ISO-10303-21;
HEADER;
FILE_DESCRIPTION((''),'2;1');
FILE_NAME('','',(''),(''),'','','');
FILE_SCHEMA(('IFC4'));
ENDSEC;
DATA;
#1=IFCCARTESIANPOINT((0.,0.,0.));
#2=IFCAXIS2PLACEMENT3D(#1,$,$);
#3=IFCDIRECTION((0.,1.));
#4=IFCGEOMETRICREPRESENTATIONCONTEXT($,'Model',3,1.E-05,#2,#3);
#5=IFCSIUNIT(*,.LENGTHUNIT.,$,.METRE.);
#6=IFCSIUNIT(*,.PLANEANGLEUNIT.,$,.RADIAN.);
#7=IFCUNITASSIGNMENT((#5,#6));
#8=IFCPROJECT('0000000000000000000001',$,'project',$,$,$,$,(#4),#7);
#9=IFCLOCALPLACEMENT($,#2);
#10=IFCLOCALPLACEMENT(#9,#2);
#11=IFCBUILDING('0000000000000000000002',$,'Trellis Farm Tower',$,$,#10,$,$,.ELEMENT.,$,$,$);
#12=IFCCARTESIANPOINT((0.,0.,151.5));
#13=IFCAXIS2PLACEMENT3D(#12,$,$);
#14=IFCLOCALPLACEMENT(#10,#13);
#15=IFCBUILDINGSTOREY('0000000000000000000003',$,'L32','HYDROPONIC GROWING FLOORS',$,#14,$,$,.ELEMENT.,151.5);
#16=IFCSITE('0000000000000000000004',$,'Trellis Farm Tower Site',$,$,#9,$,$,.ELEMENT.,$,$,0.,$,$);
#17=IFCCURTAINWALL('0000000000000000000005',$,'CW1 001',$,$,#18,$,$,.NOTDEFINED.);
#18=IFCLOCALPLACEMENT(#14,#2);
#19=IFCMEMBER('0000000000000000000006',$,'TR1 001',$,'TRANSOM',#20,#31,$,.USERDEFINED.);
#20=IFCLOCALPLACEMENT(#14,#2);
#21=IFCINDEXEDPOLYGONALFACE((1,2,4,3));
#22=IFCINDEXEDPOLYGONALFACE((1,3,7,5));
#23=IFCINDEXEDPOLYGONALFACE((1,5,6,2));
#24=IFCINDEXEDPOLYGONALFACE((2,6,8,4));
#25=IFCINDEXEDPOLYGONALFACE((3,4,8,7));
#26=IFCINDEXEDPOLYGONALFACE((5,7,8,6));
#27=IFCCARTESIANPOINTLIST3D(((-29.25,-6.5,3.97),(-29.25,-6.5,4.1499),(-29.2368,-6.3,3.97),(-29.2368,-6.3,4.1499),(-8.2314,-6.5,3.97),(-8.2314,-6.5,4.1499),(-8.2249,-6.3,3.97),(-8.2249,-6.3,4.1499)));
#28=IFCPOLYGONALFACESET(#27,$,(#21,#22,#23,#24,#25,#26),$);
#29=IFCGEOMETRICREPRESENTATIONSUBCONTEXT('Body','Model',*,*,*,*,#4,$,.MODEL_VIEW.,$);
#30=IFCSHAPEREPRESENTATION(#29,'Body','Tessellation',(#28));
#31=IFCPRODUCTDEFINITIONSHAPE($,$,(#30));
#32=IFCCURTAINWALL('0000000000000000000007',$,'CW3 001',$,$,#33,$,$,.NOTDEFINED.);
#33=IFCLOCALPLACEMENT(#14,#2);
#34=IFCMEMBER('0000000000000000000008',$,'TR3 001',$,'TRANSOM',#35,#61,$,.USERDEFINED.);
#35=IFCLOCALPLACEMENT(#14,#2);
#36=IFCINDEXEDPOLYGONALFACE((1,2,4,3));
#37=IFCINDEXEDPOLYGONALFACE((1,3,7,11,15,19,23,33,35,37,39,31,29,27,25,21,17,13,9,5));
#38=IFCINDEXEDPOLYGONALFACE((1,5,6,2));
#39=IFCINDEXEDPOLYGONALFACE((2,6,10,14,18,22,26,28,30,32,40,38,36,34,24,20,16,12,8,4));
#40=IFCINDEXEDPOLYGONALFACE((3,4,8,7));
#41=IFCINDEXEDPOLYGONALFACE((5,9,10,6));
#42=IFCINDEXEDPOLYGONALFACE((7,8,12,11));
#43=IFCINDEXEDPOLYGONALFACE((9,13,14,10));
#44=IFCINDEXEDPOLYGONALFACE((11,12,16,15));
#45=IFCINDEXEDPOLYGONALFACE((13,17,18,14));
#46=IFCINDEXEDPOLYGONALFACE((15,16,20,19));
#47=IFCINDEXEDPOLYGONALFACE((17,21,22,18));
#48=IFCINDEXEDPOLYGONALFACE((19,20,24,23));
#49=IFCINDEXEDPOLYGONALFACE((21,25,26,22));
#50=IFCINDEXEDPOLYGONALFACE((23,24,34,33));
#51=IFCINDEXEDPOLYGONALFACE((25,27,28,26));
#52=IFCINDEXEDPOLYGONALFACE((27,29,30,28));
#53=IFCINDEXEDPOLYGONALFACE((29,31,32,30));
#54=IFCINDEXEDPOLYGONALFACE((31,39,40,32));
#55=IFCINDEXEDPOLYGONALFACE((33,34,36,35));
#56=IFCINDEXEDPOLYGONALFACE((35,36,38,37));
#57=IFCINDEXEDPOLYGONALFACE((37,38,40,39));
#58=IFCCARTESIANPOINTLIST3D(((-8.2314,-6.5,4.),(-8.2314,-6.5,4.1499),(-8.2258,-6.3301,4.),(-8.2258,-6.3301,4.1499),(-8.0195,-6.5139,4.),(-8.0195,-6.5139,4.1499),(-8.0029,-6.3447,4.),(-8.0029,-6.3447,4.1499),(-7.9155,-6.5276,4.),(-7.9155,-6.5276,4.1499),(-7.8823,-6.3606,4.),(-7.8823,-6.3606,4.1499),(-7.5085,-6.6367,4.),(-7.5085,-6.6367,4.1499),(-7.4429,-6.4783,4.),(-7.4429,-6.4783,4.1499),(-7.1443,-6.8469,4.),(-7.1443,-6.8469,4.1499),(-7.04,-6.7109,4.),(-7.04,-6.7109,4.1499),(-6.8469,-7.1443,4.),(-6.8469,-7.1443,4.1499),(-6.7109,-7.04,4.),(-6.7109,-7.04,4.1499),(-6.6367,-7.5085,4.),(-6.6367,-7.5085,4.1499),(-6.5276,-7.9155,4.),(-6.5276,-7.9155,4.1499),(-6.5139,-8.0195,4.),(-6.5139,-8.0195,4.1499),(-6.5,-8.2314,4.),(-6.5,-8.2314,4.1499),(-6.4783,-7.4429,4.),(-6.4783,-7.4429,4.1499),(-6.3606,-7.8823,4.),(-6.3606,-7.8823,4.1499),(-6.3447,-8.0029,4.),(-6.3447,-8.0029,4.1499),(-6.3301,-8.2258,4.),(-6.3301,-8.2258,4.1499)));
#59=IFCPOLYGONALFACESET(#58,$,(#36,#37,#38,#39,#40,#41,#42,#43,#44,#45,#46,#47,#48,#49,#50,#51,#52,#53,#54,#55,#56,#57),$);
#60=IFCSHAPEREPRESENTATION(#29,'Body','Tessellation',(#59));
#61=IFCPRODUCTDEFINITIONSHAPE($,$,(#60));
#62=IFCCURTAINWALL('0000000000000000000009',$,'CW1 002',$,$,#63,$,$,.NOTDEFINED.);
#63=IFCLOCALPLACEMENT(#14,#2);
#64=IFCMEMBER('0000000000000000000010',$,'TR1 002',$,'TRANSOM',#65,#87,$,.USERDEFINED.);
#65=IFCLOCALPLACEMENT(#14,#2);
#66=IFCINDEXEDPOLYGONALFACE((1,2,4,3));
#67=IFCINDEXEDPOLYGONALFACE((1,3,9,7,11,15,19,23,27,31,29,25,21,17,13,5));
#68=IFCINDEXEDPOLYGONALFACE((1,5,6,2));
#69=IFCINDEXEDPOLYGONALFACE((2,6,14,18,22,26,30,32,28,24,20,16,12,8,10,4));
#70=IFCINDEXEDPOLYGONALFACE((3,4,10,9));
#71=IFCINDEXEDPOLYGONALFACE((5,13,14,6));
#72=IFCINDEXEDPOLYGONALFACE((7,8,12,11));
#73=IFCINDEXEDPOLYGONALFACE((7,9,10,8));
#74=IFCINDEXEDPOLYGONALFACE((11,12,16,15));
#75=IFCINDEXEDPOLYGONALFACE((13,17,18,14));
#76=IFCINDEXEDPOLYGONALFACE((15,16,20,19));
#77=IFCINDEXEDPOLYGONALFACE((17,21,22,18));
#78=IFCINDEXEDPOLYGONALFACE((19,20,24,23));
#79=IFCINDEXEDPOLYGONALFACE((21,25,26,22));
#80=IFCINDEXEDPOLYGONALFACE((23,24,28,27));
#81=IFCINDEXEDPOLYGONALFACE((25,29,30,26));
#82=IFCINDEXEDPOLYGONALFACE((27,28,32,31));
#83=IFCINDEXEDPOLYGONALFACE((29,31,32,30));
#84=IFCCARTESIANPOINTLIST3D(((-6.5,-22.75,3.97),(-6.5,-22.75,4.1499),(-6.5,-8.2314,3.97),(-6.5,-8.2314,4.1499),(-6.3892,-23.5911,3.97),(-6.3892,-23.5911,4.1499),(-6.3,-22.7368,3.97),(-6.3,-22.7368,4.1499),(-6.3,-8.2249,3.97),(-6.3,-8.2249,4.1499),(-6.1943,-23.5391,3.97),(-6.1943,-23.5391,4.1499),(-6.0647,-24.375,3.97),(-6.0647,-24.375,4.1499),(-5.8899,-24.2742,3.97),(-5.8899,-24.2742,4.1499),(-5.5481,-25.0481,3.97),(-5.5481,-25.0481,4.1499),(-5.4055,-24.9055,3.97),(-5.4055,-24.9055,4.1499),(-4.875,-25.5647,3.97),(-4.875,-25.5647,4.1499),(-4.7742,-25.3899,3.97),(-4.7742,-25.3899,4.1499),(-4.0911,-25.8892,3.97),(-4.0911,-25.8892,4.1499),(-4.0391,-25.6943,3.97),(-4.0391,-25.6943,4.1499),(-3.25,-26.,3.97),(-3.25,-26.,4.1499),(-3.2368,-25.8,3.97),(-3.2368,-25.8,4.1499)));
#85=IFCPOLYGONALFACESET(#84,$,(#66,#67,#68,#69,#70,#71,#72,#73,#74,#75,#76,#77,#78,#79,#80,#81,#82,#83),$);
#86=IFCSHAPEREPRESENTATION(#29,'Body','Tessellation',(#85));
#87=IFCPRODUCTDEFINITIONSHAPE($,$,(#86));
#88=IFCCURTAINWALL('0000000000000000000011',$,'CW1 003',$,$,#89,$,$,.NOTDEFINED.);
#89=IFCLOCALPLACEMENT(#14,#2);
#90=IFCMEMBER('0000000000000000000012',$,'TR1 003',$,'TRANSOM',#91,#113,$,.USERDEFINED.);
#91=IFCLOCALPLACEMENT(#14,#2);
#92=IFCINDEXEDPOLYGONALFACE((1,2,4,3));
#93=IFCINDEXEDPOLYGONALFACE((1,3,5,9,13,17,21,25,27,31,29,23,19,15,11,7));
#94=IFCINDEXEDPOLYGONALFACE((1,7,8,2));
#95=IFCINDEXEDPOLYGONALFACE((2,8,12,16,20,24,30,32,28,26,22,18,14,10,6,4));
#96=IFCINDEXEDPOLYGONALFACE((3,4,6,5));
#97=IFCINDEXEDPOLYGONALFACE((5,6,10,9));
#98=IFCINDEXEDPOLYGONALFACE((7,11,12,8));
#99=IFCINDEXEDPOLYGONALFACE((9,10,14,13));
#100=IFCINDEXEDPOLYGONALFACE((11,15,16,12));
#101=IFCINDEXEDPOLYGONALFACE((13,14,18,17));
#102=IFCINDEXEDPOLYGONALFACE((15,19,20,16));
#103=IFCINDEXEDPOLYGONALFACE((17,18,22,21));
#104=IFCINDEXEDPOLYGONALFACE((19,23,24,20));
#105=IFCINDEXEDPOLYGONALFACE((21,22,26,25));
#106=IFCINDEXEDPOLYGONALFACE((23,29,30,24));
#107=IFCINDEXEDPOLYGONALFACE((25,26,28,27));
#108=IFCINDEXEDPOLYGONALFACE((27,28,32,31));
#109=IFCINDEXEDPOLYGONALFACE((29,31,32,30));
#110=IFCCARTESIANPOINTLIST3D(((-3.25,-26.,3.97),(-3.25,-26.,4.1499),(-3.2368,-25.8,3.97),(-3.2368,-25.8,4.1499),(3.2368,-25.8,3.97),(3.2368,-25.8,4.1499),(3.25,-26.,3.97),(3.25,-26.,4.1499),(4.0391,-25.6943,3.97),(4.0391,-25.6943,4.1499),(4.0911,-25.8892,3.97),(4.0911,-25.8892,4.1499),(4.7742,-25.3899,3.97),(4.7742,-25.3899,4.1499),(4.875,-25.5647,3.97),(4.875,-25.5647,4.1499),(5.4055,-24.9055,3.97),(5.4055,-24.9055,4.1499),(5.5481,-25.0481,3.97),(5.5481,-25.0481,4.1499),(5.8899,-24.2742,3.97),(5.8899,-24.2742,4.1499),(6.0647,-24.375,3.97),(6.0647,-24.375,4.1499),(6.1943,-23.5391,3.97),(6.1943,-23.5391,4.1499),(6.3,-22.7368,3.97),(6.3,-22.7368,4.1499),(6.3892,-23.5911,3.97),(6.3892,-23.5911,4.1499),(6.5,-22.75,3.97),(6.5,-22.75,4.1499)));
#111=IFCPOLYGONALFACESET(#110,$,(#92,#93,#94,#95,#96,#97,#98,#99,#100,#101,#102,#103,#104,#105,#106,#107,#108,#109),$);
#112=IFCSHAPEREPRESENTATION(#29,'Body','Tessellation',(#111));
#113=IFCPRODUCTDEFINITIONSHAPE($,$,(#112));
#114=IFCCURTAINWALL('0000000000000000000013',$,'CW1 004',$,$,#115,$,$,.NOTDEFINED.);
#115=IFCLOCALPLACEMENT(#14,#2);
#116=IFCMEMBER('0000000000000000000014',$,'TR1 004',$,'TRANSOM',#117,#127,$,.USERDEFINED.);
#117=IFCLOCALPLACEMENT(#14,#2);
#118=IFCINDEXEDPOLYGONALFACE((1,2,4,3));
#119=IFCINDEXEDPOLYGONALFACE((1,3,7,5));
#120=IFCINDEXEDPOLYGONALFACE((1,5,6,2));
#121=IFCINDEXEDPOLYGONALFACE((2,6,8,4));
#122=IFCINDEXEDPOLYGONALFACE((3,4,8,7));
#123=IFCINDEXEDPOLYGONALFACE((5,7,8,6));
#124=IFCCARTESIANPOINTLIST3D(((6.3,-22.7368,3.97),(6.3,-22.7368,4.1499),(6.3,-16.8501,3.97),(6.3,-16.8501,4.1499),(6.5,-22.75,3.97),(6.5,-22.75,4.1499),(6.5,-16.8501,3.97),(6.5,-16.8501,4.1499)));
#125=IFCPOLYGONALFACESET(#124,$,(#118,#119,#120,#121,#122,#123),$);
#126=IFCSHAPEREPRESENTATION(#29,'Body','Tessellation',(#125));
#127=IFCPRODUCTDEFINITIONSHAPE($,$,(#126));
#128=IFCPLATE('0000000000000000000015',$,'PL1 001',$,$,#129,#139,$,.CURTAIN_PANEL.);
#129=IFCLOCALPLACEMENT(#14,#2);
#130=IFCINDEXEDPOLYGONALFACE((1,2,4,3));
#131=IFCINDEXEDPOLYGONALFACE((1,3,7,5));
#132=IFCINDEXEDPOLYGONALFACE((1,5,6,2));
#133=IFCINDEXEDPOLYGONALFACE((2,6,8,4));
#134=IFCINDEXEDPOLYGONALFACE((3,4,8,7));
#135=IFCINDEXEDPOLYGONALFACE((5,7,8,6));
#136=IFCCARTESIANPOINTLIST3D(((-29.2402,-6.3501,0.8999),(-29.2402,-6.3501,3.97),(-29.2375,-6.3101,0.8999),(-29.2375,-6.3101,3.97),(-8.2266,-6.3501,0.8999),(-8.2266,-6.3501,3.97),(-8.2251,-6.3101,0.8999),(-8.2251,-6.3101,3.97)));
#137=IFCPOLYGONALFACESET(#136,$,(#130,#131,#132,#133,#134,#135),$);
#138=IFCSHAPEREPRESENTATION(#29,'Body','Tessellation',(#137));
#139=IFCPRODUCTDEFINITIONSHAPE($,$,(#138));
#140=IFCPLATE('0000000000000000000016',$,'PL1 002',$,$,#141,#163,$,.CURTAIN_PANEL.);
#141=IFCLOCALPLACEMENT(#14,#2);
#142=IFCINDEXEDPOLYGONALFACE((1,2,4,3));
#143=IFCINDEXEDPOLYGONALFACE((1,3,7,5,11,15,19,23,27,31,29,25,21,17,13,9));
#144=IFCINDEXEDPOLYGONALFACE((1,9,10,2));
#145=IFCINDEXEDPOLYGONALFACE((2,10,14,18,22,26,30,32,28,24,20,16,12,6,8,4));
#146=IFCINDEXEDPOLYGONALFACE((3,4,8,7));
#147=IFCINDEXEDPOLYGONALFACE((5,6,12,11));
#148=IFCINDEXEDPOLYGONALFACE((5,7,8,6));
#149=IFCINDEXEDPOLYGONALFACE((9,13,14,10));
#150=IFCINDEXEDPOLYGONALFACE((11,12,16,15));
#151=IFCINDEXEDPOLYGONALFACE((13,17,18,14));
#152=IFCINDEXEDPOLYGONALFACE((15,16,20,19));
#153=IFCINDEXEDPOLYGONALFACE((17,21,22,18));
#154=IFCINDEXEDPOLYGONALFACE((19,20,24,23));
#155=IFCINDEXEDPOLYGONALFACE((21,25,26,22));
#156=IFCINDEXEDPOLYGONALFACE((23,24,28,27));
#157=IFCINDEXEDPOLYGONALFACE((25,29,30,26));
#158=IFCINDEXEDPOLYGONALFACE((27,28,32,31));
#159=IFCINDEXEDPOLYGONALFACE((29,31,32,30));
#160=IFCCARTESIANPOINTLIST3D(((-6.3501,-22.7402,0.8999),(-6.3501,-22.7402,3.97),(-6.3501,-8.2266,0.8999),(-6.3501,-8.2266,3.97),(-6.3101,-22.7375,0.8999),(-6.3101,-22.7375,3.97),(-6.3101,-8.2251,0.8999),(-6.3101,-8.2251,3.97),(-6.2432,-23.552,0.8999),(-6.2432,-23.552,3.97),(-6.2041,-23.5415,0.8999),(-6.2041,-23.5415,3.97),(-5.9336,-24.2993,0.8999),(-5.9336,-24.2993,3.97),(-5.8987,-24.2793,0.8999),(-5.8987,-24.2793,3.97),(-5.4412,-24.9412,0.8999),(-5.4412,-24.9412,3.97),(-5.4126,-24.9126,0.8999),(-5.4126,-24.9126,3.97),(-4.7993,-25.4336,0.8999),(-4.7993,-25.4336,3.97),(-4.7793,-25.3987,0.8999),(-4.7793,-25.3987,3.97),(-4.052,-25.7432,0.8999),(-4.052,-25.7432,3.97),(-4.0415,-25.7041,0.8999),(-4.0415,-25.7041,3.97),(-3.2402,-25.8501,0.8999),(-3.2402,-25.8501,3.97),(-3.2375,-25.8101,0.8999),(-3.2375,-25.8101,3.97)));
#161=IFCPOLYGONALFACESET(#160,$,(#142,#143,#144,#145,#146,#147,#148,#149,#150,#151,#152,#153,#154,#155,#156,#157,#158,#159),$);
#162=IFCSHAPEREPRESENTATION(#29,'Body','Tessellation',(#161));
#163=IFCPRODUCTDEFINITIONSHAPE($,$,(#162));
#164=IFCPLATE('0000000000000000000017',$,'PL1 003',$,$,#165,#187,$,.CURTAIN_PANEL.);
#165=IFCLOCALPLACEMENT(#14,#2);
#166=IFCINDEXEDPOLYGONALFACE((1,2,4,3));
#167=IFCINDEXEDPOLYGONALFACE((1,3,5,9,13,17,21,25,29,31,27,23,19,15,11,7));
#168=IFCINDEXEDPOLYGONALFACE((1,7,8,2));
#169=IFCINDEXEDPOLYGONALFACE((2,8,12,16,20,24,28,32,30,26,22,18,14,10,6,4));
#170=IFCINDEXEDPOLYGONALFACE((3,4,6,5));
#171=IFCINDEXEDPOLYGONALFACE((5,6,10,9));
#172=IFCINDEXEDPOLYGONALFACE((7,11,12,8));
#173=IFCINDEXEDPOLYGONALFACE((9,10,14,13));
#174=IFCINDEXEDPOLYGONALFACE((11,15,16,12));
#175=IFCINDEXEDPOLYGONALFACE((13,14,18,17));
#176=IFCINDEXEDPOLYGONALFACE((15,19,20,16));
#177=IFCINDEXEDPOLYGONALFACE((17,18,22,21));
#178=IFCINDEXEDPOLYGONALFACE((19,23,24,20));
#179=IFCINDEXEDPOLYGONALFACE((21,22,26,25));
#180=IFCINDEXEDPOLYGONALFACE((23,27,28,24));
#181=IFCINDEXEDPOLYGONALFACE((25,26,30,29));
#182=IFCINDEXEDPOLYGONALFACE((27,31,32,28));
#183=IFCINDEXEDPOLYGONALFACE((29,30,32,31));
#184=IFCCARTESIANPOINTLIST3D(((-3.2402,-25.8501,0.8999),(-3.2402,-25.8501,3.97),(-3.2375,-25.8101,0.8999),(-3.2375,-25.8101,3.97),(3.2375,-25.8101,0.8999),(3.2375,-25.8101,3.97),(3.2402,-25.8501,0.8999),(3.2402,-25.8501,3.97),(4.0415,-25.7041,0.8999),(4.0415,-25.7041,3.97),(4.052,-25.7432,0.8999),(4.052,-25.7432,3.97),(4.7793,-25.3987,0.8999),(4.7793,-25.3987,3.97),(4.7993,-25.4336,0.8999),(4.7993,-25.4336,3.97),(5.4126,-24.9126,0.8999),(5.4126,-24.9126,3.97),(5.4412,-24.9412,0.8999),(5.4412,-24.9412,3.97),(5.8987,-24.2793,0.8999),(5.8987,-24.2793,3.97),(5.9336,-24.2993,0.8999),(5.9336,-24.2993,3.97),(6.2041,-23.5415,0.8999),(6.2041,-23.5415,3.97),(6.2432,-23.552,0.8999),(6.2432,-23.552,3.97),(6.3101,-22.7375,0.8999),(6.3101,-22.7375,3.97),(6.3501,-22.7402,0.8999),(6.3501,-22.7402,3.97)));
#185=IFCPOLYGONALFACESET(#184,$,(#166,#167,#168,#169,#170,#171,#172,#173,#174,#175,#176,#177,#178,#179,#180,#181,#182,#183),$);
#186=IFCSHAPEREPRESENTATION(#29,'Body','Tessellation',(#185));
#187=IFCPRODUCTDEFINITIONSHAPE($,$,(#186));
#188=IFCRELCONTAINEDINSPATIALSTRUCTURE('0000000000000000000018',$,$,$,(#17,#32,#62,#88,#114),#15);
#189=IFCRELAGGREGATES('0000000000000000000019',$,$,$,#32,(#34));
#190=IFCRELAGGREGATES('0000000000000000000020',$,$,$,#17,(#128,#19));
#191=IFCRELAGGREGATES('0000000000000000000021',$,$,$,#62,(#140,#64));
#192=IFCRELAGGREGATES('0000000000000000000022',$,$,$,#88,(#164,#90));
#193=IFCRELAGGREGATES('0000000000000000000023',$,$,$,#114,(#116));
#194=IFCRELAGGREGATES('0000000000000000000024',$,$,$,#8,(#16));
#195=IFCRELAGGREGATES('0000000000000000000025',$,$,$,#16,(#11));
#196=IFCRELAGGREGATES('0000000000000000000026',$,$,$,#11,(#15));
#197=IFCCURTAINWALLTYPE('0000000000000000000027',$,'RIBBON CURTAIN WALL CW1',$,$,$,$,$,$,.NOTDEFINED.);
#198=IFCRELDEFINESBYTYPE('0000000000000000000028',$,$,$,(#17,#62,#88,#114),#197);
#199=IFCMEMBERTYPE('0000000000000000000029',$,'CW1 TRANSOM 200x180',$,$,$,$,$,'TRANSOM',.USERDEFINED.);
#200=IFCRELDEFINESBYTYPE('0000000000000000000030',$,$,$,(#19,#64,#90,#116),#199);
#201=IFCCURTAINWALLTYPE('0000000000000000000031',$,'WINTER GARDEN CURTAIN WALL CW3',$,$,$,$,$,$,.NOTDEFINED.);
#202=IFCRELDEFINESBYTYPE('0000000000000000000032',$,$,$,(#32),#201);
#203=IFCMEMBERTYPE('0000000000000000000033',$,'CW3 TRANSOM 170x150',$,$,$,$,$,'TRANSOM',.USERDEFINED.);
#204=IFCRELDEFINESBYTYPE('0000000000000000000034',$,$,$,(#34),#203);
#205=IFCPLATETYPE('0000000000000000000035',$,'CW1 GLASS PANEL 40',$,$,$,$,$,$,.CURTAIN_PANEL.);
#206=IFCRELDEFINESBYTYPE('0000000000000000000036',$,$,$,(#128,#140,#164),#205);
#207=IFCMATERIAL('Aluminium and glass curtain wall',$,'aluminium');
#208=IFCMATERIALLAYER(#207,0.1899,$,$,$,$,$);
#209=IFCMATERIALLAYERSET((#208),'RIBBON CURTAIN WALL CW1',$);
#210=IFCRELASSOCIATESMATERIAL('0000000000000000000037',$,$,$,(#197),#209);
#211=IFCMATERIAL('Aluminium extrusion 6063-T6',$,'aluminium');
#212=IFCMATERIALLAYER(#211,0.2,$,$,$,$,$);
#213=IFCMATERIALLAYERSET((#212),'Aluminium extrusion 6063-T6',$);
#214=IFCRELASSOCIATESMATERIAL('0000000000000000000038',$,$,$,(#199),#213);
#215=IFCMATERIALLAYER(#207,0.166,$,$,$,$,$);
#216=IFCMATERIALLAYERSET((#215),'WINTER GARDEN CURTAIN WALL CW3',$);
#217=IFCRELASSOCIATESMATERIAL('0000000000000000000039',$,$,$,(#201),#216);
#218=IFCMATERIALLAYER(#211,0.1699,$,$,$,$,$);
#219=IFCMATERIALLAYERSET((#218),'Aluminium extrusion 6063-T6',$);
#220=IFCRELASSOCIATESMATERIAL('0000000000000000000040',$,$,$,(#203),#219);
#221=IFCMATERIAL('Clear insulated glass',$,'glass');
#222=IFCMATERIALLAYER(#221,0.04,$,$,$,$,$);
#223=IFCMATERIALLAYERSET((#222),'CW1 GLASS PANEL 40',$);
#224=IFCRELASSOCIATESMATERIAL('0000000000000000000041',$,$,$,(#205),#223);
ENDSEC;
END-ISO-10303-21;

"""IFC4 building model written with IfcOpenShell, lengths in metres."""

from ifc_helpers import new_model, si_unit, direction, frame, origin, place, context, subcontext, project, spatial, polyline, outline, extrude, source, transform, mapped, material, layer, layer_set, type_object, element, aggregate, save


model = new_model("IFC4")

# Units and contexts
model_context = context("Model", 3, precision=1e-05, world=origin(), true_north=direction((0.0, 1.0)))
body_context = subcontext(model_context, "Body", "Model", "MODEL_VIEW")
ifc_project = project(units=[si_unit("LENGTHUNIT", "METRE"), si_unit("PLANEANGLEUNIT", "RADIAN")], contexts=[model_context])

# Site, building, storey
site_placement = place(None, origin())
site = spatial("IfcSite", under=ifc_project, at=site_placement, Name="Trellis Farm Tower Site", CompositionType="ELEMENT", RefElevation=0.0)
building_placement = place(site_placement, origin())
building = spatial("IfcBuilding", under=site, at=building_placement, Name="Trellis Farm Tower", CompositionType="ELEMENT")
storey_placement = place(building_placement, frame((0.0, 0.0, 151.5)))
storey = spatial("IfcBuildingStorey", under=building, at=storey_placement, Name="L32", Description="HYDROPONIC GROWING FLOORS", CompositionType="ELEMENT", Elevation=151.5)

# Curtain walls, members
ifc_material_1 = material(Name="Aluminium and glass curtain wall", Category="aluminium")
ifc_layer_1 = layer(ifc_material_1, 0.1899)
ifc_layer_set_1 = layer_set([ifc_layer_1], Name="RIBBON CURTAIN WALL CW1")
curtain_wall_type_1 = type_object("IfcCurtainWallType", Name="RIBBON CURTAIN WALL CW1", PredefinedType="NOTDEFINED", material=ifc_layer_set_1)
placement_1 = place(storey_placement, origin())
curtain_wall_1 = element("IfcCurtainWall", 1, at=placement_1, inside=storey, type_object=curtain_wall_type_1, Name="CW1 001", PredefinedType="NOTDEFINED")
ifc_material_2 = material(Name="Aluminium extrusion 6063-T6", Category="aluminium")
ifc_layer_2 = layer(ifc_material_2, 0.2)
ifc_layer_set_2 = layer_set([ifc_layer_2], Name="Aluminium extrusion 6063-T6")
member_type_1 = type_object("IfcMemberType", Name="CW1 TRANSOM 200x180", ElementType="TRANSOM", PredefinedType="USERDEFINED", material=ifc_layer_set_2)
shared_shape_1 = source(origin(), body_context, "Body", "SweptSolid", [
    extrude(outline(polyline([(-29.25, -6.5), (-8.2314, -6.5), (-8.2249, -6.3), (-29.2368, -6.3), (-29.25, -6.5)])), origin(), (0.0, 0.0, 1.0), 0.1799),
])
placement_2 = place(storey_placement, frame((0.0, 0.0, 3.97)))
member_1 = element("IfcMember", 2, at=placement_2, type_object=member_type_1, Name="TR1 001", ObjectType="TRANSOM", PredefinedType="USERDEFINED", context=body_context, shape_type="MappedRepresentation", body=[
    mapped(shared_shape_1, transform((0.0, 0.0, 0.0))),
])
ifc_layer_3 = layer(ifc_material_1, 0.166)
ifc_layer_set_3 = layer_set([ifc_layer_3], Name="WINTER GARDEN CURTAIN WALL CW3")
curtain_wall_type_2 = type_object("IfcCurtainWallType", Name="WINTER GARDEN CURTAIN WALL CW3", PredefinedType="NOTDEFINED", material=ifc_layer_set_3)
curtain_wall_2 = element("IfcCurtainWall", 3, at=placement_1, inside=storey, type_object=curtain_wall_type_2, Name="CW3 001", PredefinedType="NOTDEFINED")
ifc_layer_4 = layer(ifc_material_2, 0.1699)
ifc_layer_set_4 = layer_set([ifc_layer_4], Name="Aluminium extrusion 6063-T6")
member_type_2 = type_object("IfcMemberType", Name="CW3 TRANSOM 170x150", ElementType="TRANSOM", PredefinedType="USERDEFINED", material=ifc_layer_set_4)
shared_shape_2 = source(origin(), body_context, "Body", "SweptSolid", [
    extrude(outline(polyline([(-8.2314, -6.5), (-8.0195, -6.5139), (-7.9155, -6.5276), (-7.5085, -6.6367), (-7.1443, -6.8469), (-6.8469, -7.1443), (-6.6367, -7.5085), (-6.5276, -7.9155), (-6.5139, -8.0195), (-6.5, -8.2314), (-6.3301, -8.2258), (-6.3447, -8.0029), (-6.3606, -7.8823), (-6.4783, -7.4429), (-6.7109, -7.04), (-7.04, -6.7109), (-7.4429, -6.4783), (-7.8823, -6.3606), (-8.0029, -6.3447), (-8.2258, -6.3301), (-8.2314, -6.5)])), origin(), (0.0, 0.0, 1.0), 0.1499),
])
member_2_placement = place(storey_placement, frame((0.0, 0.0, 4.0)))
member_2 = element("IfcMember", 4, at=member_2_placement, type_object=member_type_2, Name="TR3 001", ObjectType="TRANSOM", PredefinedType="USERDEFINED", context=body_context, shape_type="MappedRepresentation", body=[
    mapped(shared_shape_2, transform((0.0, 0.0, 0.0))),
])
curtain_wall_3 = element("IfcCurtainWall", 5, at=placement_1, inside=storey, type_object=curtain_wall_type_1, Name="CW1 002", PredefinedType="NOTDEFINED")
shared_shape_3 = source(origin(), body_context, "Body", "SweptSolid", [
    extrude(outline(polyline([(-6.5, -8.2314), (-6.5, -22.75), (-6.3892, -23.5911), (-6.0647, -24.375), (-5.5481, -25.0481), (-4.875, -25.5647), (-4.0911, -25.8892), (-3.25, -26.0), (-3.2368, -25.8), (-4.0391, -25.6943), (-4.7742, -25.3899), (-5.4055, -24.9055), (-5.8899, -24.2742), (-6.1943, -23.5391), (-6.3, -22.7368), (-6.3, -8.2249), (-6.5, -8.2314)])), origin(), (0.0, 0.0, 1.0), 0.1799),
])
member_3 = element("IfcMember", 6, at=placement_2, type_object=member_type_1, Name="TR1 002", ObjectType="TRANSOM", PredefinedType="USERDEFINED", context=body_context, shape_type="MappedRepresentation", body=[
    mapped(shared_shape_3, transform((0.0, 0.0, 0.0))),
])
curtain_wall_4 = element("IfcCurtainWall", 7, at=placement_1, inside=storey, type_object=curtain_wall_type_1, Name="CW1 003", PredefinedType="NOTDEFINED")
shared_shape_4 = source(origin(), body_context, "Body", "SweptSolid", [
    extrude(outline(polyline([(-3.25, -26.0), (3.25, -26.0), (4.0911, -25.8892), (4.875, -25.5647), (5.5481, -25.0481), (6.0647, -24.375), (6.3892, -23.5911), (6.5, -22.75), (6.3, -22.7368), (6.1943, -23.5391), (5.8899, -24.2742), (5.4055, -24.9055), (4.7742, -25.3899), (4.0391, -25.6943), (3.2368, -25.8), (-3.2368, -25.8), (-3.25, -26.0)])), origin(), (0.0, 0.0, 1.0), 0.1799),
])
member_4 = element("IfcMember", 8, at=placement_2, type_object=member_type_1, Name="TR1 003", ObjectType="TRANSOM", PredefinedType="USERDEFINED", context=body_context, shape_type="MappedRepresentation", body=[
    mapped(shared_shape_4, transform((0.0, 0.0, 0.0))),
])
curtain_wall_5 = element("IfcCurtainWall", 9, at=placement_1, inside=storey, type_object=curtain_wall_type_1, Name="CW1 004", PredefinedType="NOTDEFINED")
shared_shape_5 = source(origin(), body_context, "Body", "SweptSolid", [
    extrude(outline(polyline([(6.5, -22.75), (6.5, -16.8501), (6.3, -16.8501), (6.3, -22.7368), (6.5, -22.75)])), origin(), (0.0, 0.0, 1.0), 0.1799),
])
member_5 = element("IfcMember", 10, at=placement_2, type_object=member_type_1, Name="TR1 004", ObjectType="TRANSOM", PredefinedType="USERDEFINED", context=body_context, shape_type="MappedRepresentation", body=[
    mapped(shared_shape_5, transform((0.0, 0.0, 0.0))),
])

# Plates
ifc_material_3 = material(Name="Clear insulated glass", Category="glass")
ifc_layer_5 = layer(ifc_material_3, 0.04)
ifc_layer_set_5 = layer_set([ifc_layer_5], Name="CW1 GLASS PANEL 40")
plate_type_1 = type_object("IfcPlateType", Name="CW1 GLASS PANEL 40", PredefinedType="CURTAIN_PANEL", material=ifc_layer_set_5)
placement_3 = place(storey_placement, frame((0.0, 0.0, 0.8999)))
plate_1 = element("IfcPlate", 11, at=placement_3, type_object=plate_type_1, Name="PL1 001", PredefinedType="CURTAIN_PANEL", context=body_context, shape_type="SweptSolid", body=[
    extrude(outline(polyline([(-29.2402, -6.3501), (-8.2266, -6.3501), (-8.2251, -6.3101), (-29.2375, -6.3101), (-29.2402, -6.3501)])), origin(), (0.0, 0.0, 1.0), 3.0701),
])
plate_2 = element("IfcPlate", 12, at=placement_3, type_object=plate_type_1, Name="PL1 002", PredefinedType="CURTAIN_PANEL", context=body_context, shape_type="SweptSolid", body=[
    extrude(outline(polyline([(-6.3501, -8.2266), (-6.3501, -22.7402), (-6.2432, -23.552), (-5.9336, -24.2993), (-5.4412, -24.9412), (-4.7993, -25.4336), (-4.052, -25.7432), (-3.2402, -25.8501), (-3.2375, -25.8101), (-4.0415, -25.7041), (-4.7793, -25.3987), (-5.4126, -24.9126), (-5.8987, -24.2793), (-6.2041, -23.5415), (-6.3101, -22.7375), (-6.3101, -8.2251), (-6.3501, -8.2266)])), origin(), (0.0, 0.0, 1.0), 3.0701),
])
plate_3 = element("IfcPlate", 13, at=placement_3, type_object=plate_type_1, Name="PL1 003", PredefinedType="CURTAIN_PANEL", context=body_context, shape_type="SweptSolid", body=[
    extrude(outline(polyline([(-3.2402, -25.8501), (3.2402, -25.8501), (4.052, -25.7432), (4.7993, -25.4336), (5.4412, -24.9412), (5.9336, -24.2993), (6.2432, -23.552), (6.3501, -22.7402), (6.3101, -22.7375), (6.2041, -23.5415), (5.8987, -24.2793), (5.4126, -24.9126), (4.7793, -25.3987), (4.0415, -25.7041), (3.2375, -25.8101), (-3.2375, -25.8101), (-3.2402, -25.8501)])), origin(), (0.0, 0.0, 1.0), 3.0701),
])
aggregate(curtain_wall_2, [member_2])

aggregate(curtain_wall_1, [plate_1, member_1])
aggregate(curtain_wall_3, [plate_2, member_3])
aggregate(curtain_wall_4, [plate_3, member_4])
aggregate(curtain_wall_5, [member_5])

save(model, "model.ifc")
